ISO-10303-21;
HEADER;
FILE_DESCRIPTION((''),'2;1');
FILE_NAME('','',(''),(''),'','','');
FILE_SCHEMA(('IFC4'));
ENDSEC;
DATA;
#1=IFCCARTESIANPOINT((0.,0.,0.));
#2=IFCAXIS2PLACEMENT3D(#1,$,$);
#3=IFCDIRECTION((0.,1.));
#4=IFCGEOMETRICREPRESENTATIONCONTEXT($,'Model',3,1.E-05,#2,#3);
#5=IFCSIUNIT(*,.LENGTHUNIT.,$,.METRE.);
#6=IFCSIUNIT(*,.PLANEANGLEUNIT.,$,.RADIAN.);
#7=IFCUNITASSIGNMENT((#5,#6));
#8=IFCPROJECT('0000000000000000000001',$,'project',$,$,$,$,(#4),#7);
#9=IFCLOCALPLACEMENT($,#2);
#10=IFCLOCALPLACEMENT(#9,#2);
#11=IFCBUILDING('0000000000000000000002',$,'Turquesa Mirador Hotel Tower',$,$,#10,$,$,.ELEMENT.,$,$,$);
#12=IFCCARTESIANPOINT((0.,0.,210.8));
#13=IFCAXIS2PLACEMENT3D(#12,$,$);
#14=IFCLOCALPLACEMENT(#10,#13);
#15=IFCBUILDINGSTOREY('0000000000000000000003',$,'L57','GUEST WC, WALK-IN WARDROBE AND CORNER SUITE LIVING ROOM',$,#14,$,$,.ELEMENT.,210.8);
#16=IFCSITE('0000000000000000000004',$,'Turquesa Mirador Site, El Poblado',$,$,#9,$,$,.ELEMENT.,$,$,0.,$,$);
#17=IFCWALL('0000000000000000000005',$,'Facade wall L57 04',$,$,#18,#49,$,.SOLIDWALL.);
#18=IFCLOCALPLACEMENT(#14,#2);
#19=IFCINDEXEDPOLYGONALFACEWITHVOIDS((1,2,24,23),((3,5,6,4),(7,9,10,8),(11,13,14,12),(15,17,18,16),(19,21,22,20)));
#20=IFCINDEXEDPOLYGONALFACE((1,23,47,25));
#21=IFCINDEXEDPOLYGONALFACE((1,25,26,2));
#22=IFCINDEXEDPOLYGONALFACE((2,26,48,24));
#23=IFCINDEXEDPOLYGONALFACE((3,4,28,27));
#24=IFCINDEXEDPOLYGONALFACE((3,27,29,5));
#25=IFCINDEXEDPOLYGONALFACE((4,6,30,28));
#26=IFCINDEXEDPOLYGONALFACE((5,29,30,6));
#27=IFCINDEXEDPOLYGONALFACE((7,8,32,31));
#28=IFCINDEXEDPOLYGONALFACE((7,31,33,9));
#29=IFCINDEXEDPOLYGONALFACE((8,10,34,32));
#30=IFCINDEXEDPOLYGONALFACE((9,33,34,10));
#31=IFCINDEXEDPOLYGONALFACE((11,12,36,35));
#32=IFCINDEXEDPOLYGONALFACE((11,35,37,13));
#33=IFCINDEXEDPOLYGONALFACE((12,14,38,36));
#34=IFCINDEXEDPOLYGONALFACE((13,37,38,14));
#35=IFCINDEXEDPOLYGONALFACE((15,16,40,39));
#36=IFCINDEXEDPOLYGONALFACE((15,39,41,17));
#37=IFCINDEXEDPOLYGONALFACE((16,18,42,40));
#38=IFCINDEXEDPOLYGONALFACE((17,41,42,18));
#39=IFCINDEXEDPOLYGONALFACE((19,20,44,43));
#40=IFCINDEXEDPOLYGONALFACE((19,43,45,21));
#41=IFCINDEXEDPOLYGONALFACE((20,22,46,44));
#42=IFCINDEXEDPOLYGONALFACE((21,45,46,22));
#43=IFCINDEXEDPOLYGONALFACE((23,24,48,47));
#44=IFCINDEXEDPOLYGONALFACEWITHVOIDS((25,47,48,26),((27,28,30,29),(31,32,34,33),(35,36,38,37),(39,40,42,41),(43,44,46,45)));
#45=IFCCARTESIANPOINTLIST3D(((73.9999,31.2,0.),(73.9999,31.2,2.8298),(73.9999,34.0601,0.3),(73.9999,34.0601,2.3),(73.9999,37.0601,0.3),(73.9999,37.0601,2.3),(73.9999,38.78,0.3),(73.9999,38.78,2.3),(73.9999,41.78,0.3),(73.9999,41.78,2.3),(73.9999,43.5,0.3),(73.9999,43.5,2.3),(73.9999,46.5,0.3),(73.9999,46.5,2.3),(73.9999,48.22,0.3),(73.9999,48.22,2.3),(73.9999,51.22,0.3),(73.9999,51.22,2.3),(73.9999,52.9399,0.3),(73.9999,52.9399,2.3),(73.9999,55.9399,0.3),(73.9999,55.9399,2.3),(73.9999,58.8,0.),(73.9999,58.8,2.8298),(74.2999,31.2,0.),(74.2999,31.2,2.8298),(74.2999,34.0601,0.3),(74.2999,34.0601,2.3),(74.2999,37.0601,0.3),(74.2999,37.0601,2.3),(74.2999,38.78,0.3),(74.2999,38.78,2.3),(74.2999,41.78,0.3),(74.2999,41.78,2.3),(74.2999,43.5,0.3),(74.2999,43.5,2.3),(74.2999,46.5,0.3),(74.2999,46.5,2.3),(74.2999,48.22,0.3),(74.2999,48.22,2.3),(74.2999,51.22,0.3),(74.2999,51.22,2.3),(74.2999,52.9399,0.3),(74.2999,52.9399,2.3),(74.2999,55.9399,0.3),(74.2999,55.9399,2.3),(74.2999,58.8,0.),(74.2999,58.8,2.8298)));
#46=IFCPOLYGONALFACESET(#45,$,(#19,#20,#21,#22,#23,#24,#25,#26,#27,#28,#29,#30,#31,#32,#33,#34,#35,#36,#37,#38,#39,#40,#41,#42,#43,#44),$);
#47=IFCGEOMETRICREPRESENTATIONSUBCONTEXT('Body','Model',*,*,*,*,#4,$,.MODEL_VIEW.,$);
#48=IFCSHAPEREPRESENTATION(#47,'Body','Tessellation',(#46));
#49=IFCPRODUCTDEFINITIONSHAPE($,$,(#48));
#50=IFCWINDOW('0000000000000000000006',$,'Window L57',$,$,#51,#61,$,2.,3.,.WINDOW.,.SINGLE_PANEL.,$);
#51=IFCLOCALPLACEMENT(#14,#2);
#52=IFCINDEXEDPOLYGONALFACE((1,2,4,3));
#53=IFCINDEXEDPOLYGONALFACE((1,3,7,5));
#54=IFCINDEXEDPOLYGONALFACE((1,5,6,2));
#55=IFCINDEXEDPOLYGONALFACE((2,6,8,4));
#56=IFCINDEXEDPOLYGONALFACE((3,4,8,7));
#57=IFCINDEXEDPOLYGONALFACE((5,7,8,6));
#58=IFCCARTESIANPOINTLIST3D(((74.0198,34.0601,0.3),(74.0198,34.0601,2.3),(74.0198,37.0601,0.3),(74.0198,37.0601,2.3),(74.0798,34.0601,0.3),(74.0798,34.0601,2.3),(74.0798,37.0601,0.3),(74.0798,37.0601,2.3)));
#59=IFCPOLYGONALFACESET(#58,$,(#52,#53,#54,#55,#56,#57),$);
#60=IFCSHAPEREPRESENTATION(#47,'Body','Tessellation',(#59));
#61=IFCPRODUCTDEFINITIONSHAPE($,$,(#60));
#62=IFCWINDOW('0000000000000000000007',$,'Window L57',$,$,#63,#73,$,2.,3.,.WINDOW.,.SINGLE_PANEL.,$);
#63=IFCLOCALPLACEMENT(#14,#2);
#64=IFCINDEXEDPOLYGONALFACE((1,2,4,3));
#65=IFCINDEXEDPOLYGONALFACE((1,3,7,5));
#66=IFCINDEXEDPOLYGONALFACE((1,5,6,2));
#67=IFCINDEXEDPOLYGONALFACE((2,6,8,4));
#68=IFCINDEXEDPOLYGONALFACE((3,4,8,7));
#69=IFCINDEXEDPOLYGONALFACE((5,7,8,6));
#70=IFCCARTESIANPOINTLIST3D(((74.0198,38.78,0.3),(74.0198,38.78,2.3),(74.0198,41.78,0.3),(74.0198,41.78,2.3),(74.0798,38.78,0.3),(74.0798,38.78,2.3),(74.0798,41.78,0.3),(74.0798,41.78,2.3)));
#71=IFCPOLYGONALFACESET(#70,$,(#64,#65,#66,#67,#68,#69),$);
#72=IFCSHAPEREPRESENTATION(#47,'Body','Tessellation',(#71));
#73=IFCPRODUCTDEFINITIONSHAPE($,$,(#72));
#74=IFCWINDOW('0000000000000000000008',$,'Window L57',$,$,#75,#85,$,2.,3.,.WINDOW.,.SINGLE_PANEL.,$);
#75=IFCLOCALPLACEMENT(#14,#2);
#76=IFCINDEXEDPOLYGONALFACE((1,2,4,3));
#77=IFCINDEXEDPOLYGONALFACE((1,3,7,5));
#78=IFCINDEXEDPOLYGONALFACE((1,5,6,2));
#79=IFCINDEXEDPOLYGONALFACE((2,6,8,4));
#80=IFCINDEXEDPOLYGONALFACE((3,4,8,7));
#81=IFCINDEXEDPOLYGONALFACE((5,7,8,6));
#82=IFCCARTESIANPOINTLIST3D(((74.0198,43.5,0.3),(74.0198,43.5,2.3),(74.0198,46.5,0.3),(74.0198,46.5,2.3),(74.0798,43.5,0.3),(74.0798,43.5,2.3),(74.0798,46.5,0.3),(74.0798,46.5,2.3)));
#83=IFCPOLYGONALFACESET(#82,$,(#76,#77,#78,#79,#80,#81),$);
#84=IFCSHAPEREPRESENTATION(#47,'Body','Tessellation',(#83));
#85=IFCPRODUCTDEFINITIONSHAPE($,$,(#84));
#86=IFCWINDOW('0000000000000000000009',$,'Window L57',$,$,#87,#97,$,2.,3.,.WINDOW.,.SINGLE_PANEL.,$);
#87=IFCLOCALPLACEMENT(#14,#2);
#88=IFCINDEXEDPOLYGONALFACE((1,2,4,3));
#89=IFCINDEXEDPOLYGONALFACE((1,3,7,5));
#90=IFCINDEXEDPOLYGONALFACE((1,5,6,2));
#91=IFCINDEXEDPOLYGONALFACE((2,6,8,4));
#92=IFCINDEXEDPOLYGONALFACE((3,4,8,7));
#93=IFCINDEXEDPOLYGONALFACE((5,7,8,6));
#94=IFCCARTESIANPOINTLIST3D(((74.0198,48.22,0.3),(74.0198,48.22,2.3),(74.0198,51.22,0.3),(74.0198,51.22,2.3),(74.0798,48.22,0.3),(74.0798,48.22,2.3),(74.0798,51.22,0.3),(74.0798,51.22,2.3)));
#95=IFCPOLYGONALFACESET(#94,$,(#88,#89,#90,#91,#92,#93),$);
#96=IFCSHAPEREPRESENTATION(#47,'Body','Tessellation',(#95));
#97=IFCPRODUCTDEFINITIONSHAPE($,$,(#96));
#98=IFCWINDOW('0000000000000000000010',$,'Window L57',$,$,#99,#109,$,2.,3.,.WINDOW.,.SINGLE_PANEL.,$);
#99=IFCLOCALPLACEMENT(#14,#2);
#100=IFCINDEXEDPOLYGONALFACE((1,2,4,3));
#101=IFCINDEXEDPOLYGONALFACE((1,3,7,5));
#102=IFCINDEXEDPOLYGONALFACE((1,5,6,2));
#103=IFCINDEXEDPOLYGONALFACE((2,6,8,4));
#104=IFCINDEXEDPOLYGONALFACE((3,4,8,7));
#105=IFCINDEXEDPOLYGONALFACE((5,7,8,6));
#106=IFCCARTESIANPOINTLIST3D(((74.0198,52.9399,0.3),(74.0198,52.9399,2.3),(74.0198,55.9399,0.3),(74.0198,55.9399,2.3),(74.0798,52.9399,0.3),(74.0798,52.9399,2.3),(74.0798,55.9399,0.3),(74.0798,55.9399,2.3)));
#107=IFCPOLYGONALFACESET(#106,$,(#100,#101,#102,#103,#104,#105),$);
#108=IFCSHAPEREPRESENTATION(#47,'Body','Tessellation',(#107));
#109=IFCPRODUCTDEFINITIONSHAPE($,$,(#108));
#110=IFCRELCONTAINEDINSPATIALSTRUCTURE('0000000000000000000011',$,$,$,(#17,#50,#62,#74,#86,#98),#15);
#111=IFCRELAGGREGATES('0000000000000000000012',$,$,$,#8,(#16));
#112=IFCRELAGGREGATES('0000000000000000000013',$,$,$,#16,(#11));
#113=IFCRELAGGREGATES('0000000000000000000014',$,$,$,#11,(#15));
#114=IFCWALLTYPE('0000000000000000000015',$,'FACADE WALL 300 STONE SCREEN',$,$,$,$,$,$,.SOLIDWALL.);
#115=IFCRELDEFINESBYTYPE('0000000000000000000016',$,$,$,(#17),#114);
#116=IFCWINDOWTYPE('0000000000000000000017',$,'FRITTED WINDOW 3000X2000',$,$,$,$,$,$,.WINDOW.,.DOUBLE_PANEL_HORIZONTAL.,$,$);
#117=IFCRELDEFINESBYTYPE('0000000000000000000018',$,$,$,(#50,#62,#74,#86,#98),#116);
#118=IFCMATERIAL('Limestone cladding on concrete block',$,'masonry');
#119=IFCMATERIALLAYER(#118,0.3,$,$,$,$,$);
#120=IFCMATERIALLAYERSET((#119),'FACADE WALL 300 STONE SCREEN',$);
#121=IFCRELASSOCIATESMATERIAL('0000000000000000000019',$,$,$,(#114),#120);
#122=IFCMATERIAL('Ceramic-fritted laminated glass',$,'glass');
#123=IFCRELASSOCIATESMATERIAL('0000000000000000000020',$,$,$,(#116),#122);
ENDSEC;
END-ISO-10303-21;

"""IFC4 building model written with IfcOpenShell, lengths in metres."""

from ifc_helpers import new_model, si_unit, direction, frame, frame_2d, origin, place, context, subcontext, project, spatial, rectangle, extrude, material, layer, layer_set, type_object, element, fill, save


model = new_model("IFC4")

# Units and contexts
model_context = context("Model", 3, precision=1e-05, world=origin(), true_north=direction((0.0, 1.0)))
body_context = subcontext(model_context, "Body", "Model", "MODEL_VIEW")
ifc_project = project(units=[si_unit("LENGTHUNIT", "METRE"), si_unit("PLANEANGLEUNIT", "RADIAN")], contexts=[model_context])

# Site, building, storey
site_placement = place(None, origin())
site = spatial("IfcSite", under=ifc_project, at=site_placement, Name="Turquesa Mirador Site, El Poblado", CompositionType="ELEMENT", RefElevation=0.0)
building_placement = place(site_placement, origin())
building = spatial("IfcBuilding", under=site, at=building_placement, Name="Turquesa Mirador Hotel Tower", CompositionType="ELEMENT")
storey_placement = place(building_placement, frame((0.0, 0.0, 210.8)))
storey = spatial("IfcBuildingStorey", under=building, at=storey_placement, Name="L57", Description="GUEST WC, WALK-IN WARDROBE AND CORNER SUITE LIVING ROOM", CompositionType="ELEMENT", Elevation=210.8)

# Shared definitions
ifc_material_1 = material(Name="Limestone cladding on concrete block", Category="masonry")
ifc_layer = layer(ifc_material_1, 0.3)
ifc_layer_set = layer_set([ifc_layer], Name="FACADE WALL 300 STONE SCREEN")
wall_type = type_object("IfcWallType", Name="FACADE WALL 300 STONE SCREEN", PredefinedType="SOLIDWALL", material=ifc_layer_set)

# Wall, openings, windows
wall_1_placement = place(storey_placement, frame((74.1499, 31.2, 0.0), z_axis=(0.0, 0.0, 1.0), x_axis=(0.0, 1.0, 0.0)))
wall_1 = element("IfcWall", 1, at=wall_1_placement, inside=storey, type_object=wall_type, Name="Facade wall L57 04", PredefinedType="SOLIDWALL", context=body_context, shape_type="SweptSolid", body=[
    extrude(rectangle(XDim=27.6001, YDim=0.3, at=frame_2d((13.8, 0.0))), origin(), (0.0, 0.0, 1.0), 2.8298),
])
opening_1_placement = place(wall_1_placement, frame((2.8601, 0.0, 0.3)))
opening_1 = element("IfcOpeningElement", 2, at=opening_1_placement, cuts=wall_1, PredefinedType="OPENING", context=body_context, shape_type="SweptSolid", body=[
    extrude(rectangle(XDim=3.0, YDim=2.0, at=frame_2d((1.5, 1.0))), frame((0.0, 0.1599, 0.0), z_axis=(0.0, -1.0, 0.0), x_axis=(1.0, 0.0, 0.0)), (0.0, 0.0, 1.0), 0.3201),
])
opening_2_placement = place(wall_1_placement, frame((7.5801, 0.0, 0.3)))
opening_2 = element("IfcOpeningElement", 3, at=opening_2_placement, cuts=wall_1, PredefinedType="OPENING", context=body_context, shape_type="SweptSolid", body=[
    extrude(rectangle(XDim=3.0, YDim=2.0, at=frame_2d((1.5, 1.0))), frame((0.0, 0.1599, 0.0), z_axis=(0.0, -1.0, 0.0), x_axis=(1.0, 0.0, 0.0)), (0.0, 0.0, 1.0), 0.3201),
])
opening_3_placement = place(wall_1_placement, frame((12.3, 0.0, 0.3)))
opening_3 = element("IfcOpeningElement", 4, at=opening_3_placement, cuts=wall_1, PredefinedType="OPENING", context=body_context, shape_type="SweptSolid", body=[
    extrude(rectangle(XDim=3.0, YDim=2.0, at=frame_2d((1.5, 1.0))), frame((0.0, 0.1599, 0.0), z_axis=(0.0, -1.0, 0.0), x_axis=(1.0, 0.0, 0.0)), (0.0, 0.0, 1.0), 0.3201),
])
opening_4_placement = place(wall_1_placement, frame((17.02, 0.0, 0.3)))
opening_4 = element("IfcOpeningElement", 5, at=opening_4_placement, cuts=wall_1, PredefinedType="OPENING", context=body_context, shape_type="SweptSolid", body=[
    extrude(rectangle(XDim=3.0, YDim=2.0, at=frame_2d((1.5, 1.0))), frame((0.0, 0.1599, 0.0), z_axis=(0.0, -1.0, 0.0), x_axis=(1.0, 0.0, 0.0)), (0.0, 0.0, 1.0), 0.3201),
])
opening_5_placement = place(wall_1_placement, frame((21.74, 0.0, 0.3)))
opening_5 = element("IfcOpeningElement", 6, at=opening_5_placement, cuts=wall_1, PredefinedType="OPENING", context=body_context, shape_type="SweptSolid", body=[
    extrude(rectangle(XDim=3.0, YDim=2.0, at=frame_2d((1.5, 1.0))), frame((0.0, 0.1599, 0.0), z_axis=(0.0, -1.0, 0.0), x_axis=(1.0, 0.0, 0.0)), (0.0, 0.0, 1.0), 0.3201),
])
ifc_material_2 = material(Name="Ceramic-fritted laminated glass", Category="glass")
window_type_1 = type_object("IfcWindowType", Name="FRITTED WINDOW 3000X2000", PartitioningType="DOUBLE_PANEL_HORIZONTAL", PredefinedType="WINDOW", material=ifc_material_2)
window_1_placement = place(opening_1_placement, origin())
window_1 = element("IfcWindow", 7, at=window_1_placement, inside=storey, type_object=window_type_1, Name="Window L57", OverallHeight=2.0, OverallWidth=3.0, PartitioningType="SINGLE_PANEL", PredefinedType="WINDOW", context=body_context, shape_type="SweptSolid", body=[
    extrude(rectangle(XDim=3.0, YDim=2.0, at=frame_2d((1.5, 1.0))), frame((0.0, 0.1301, 0.0), z_axis=(0.0, -1.0, 0.0), x_axis=(1.0, 0.0, 0.0)), (0.0, 0.0, 1.0), 0.0601),
])
fill(opening_1, window_1)
window_2_placement = place(opening_2_placement, origin())
window_2 = element("IfcWindow", 8, at=window_2_placement, inside=storey, type_object=window_type_1, Name="Window L57", OverallHeight=2.0, OverallWidth=3.0, PartitioningType="SINGLE_PANEL", PredefinedType="WINDOW", context=body_context, shape_type="SweptSolid", body=[
    extrude(rectangle(XDim=3.0, YDim=2.0, at=frame_2d((1.5, 1.0))), frame((0.0, 0.1301, 0.0), z_axis=(0.0, -1.0, 0.0), x_axis=(1.0, 0.0, 0.0)), (0.0, 0.0, 1.0), 0.0601),
])
fill(opening_2, window_2)
window_3_placement = place(opening_3_placement, origin())
window_3 = element("IfcWindow", 9, at=window_3_placement, inside=storey, type_object=window_type_1, Name="Window L57", OverallHeight=2.0, OverallWidth=3.0, PartitioningType="SINGLE_PANEL", PredefinedType="WINDOW", context=body_context, shape_type="SweptSolid", body=[
    extrude(rectangle(XDim=3.0, YDim=2.0, at=frame_2d((1.5, 1.0))), frame((0.0, 0.1301, 0.0), z_axis=(0.0, -1.0, 0.0), x_axis=(1.0, 0.0, 0.0)), (0.0, 0.0, 1.0), 0.0601),
])
fill(opening_3, window_3)
window_4_placement = place(opening_4_placement, origin())
window_4 = element("IfcWindow", 10, at=window_4_placement, inside=storey, type_object=window_type_1, Name="Window L57", OverallHeight=2.0, OverallWidth=3.0, PartitioningType="SINGLE_PANEL", PredefinedType="WINDOW", context=body_context, shape_type="SweptSolid", body=[
    extrude(rectangle(XDim=3.0, YDim=2.0, at=frame_2d((1.5, 1.0))), frame((0.0, 0.1301, 0.0), z_axis=(0.0, -1.0, 0.0), x_axis=(1.0, 0.0, 0.0)), (0.0, 0.0, 1.0), 0.0601),
])
fill(opening_4, window_4)
window_5_placement = place(opening_5_placement, origin())
window_5 = element("IfcWindow", 11, at=window_5_placement, inside=storey, type_object=window_type_1, Name="Window L57", OverallHeight=2.0, OverallWidth=3.0, PartitioningType="SINGLE_PANEL", PredefinedType="WINDOW", context=body_context, shape_type="SweptSolid", body=[
    extrude(rectangle(XDim=3.0, YDim=2.0, at=frame_2d((1.5, 1.0))), frame((0.0, 0.1301, 0.0), z_axis=(0.0, -1.0, 0.0), x_axis=(1.0, 0.0, 0.0)), (0.0, 0.0, 1.0), 0.0601),
])
fill(opening_5, window_5)

save(model, "model.ifc")
